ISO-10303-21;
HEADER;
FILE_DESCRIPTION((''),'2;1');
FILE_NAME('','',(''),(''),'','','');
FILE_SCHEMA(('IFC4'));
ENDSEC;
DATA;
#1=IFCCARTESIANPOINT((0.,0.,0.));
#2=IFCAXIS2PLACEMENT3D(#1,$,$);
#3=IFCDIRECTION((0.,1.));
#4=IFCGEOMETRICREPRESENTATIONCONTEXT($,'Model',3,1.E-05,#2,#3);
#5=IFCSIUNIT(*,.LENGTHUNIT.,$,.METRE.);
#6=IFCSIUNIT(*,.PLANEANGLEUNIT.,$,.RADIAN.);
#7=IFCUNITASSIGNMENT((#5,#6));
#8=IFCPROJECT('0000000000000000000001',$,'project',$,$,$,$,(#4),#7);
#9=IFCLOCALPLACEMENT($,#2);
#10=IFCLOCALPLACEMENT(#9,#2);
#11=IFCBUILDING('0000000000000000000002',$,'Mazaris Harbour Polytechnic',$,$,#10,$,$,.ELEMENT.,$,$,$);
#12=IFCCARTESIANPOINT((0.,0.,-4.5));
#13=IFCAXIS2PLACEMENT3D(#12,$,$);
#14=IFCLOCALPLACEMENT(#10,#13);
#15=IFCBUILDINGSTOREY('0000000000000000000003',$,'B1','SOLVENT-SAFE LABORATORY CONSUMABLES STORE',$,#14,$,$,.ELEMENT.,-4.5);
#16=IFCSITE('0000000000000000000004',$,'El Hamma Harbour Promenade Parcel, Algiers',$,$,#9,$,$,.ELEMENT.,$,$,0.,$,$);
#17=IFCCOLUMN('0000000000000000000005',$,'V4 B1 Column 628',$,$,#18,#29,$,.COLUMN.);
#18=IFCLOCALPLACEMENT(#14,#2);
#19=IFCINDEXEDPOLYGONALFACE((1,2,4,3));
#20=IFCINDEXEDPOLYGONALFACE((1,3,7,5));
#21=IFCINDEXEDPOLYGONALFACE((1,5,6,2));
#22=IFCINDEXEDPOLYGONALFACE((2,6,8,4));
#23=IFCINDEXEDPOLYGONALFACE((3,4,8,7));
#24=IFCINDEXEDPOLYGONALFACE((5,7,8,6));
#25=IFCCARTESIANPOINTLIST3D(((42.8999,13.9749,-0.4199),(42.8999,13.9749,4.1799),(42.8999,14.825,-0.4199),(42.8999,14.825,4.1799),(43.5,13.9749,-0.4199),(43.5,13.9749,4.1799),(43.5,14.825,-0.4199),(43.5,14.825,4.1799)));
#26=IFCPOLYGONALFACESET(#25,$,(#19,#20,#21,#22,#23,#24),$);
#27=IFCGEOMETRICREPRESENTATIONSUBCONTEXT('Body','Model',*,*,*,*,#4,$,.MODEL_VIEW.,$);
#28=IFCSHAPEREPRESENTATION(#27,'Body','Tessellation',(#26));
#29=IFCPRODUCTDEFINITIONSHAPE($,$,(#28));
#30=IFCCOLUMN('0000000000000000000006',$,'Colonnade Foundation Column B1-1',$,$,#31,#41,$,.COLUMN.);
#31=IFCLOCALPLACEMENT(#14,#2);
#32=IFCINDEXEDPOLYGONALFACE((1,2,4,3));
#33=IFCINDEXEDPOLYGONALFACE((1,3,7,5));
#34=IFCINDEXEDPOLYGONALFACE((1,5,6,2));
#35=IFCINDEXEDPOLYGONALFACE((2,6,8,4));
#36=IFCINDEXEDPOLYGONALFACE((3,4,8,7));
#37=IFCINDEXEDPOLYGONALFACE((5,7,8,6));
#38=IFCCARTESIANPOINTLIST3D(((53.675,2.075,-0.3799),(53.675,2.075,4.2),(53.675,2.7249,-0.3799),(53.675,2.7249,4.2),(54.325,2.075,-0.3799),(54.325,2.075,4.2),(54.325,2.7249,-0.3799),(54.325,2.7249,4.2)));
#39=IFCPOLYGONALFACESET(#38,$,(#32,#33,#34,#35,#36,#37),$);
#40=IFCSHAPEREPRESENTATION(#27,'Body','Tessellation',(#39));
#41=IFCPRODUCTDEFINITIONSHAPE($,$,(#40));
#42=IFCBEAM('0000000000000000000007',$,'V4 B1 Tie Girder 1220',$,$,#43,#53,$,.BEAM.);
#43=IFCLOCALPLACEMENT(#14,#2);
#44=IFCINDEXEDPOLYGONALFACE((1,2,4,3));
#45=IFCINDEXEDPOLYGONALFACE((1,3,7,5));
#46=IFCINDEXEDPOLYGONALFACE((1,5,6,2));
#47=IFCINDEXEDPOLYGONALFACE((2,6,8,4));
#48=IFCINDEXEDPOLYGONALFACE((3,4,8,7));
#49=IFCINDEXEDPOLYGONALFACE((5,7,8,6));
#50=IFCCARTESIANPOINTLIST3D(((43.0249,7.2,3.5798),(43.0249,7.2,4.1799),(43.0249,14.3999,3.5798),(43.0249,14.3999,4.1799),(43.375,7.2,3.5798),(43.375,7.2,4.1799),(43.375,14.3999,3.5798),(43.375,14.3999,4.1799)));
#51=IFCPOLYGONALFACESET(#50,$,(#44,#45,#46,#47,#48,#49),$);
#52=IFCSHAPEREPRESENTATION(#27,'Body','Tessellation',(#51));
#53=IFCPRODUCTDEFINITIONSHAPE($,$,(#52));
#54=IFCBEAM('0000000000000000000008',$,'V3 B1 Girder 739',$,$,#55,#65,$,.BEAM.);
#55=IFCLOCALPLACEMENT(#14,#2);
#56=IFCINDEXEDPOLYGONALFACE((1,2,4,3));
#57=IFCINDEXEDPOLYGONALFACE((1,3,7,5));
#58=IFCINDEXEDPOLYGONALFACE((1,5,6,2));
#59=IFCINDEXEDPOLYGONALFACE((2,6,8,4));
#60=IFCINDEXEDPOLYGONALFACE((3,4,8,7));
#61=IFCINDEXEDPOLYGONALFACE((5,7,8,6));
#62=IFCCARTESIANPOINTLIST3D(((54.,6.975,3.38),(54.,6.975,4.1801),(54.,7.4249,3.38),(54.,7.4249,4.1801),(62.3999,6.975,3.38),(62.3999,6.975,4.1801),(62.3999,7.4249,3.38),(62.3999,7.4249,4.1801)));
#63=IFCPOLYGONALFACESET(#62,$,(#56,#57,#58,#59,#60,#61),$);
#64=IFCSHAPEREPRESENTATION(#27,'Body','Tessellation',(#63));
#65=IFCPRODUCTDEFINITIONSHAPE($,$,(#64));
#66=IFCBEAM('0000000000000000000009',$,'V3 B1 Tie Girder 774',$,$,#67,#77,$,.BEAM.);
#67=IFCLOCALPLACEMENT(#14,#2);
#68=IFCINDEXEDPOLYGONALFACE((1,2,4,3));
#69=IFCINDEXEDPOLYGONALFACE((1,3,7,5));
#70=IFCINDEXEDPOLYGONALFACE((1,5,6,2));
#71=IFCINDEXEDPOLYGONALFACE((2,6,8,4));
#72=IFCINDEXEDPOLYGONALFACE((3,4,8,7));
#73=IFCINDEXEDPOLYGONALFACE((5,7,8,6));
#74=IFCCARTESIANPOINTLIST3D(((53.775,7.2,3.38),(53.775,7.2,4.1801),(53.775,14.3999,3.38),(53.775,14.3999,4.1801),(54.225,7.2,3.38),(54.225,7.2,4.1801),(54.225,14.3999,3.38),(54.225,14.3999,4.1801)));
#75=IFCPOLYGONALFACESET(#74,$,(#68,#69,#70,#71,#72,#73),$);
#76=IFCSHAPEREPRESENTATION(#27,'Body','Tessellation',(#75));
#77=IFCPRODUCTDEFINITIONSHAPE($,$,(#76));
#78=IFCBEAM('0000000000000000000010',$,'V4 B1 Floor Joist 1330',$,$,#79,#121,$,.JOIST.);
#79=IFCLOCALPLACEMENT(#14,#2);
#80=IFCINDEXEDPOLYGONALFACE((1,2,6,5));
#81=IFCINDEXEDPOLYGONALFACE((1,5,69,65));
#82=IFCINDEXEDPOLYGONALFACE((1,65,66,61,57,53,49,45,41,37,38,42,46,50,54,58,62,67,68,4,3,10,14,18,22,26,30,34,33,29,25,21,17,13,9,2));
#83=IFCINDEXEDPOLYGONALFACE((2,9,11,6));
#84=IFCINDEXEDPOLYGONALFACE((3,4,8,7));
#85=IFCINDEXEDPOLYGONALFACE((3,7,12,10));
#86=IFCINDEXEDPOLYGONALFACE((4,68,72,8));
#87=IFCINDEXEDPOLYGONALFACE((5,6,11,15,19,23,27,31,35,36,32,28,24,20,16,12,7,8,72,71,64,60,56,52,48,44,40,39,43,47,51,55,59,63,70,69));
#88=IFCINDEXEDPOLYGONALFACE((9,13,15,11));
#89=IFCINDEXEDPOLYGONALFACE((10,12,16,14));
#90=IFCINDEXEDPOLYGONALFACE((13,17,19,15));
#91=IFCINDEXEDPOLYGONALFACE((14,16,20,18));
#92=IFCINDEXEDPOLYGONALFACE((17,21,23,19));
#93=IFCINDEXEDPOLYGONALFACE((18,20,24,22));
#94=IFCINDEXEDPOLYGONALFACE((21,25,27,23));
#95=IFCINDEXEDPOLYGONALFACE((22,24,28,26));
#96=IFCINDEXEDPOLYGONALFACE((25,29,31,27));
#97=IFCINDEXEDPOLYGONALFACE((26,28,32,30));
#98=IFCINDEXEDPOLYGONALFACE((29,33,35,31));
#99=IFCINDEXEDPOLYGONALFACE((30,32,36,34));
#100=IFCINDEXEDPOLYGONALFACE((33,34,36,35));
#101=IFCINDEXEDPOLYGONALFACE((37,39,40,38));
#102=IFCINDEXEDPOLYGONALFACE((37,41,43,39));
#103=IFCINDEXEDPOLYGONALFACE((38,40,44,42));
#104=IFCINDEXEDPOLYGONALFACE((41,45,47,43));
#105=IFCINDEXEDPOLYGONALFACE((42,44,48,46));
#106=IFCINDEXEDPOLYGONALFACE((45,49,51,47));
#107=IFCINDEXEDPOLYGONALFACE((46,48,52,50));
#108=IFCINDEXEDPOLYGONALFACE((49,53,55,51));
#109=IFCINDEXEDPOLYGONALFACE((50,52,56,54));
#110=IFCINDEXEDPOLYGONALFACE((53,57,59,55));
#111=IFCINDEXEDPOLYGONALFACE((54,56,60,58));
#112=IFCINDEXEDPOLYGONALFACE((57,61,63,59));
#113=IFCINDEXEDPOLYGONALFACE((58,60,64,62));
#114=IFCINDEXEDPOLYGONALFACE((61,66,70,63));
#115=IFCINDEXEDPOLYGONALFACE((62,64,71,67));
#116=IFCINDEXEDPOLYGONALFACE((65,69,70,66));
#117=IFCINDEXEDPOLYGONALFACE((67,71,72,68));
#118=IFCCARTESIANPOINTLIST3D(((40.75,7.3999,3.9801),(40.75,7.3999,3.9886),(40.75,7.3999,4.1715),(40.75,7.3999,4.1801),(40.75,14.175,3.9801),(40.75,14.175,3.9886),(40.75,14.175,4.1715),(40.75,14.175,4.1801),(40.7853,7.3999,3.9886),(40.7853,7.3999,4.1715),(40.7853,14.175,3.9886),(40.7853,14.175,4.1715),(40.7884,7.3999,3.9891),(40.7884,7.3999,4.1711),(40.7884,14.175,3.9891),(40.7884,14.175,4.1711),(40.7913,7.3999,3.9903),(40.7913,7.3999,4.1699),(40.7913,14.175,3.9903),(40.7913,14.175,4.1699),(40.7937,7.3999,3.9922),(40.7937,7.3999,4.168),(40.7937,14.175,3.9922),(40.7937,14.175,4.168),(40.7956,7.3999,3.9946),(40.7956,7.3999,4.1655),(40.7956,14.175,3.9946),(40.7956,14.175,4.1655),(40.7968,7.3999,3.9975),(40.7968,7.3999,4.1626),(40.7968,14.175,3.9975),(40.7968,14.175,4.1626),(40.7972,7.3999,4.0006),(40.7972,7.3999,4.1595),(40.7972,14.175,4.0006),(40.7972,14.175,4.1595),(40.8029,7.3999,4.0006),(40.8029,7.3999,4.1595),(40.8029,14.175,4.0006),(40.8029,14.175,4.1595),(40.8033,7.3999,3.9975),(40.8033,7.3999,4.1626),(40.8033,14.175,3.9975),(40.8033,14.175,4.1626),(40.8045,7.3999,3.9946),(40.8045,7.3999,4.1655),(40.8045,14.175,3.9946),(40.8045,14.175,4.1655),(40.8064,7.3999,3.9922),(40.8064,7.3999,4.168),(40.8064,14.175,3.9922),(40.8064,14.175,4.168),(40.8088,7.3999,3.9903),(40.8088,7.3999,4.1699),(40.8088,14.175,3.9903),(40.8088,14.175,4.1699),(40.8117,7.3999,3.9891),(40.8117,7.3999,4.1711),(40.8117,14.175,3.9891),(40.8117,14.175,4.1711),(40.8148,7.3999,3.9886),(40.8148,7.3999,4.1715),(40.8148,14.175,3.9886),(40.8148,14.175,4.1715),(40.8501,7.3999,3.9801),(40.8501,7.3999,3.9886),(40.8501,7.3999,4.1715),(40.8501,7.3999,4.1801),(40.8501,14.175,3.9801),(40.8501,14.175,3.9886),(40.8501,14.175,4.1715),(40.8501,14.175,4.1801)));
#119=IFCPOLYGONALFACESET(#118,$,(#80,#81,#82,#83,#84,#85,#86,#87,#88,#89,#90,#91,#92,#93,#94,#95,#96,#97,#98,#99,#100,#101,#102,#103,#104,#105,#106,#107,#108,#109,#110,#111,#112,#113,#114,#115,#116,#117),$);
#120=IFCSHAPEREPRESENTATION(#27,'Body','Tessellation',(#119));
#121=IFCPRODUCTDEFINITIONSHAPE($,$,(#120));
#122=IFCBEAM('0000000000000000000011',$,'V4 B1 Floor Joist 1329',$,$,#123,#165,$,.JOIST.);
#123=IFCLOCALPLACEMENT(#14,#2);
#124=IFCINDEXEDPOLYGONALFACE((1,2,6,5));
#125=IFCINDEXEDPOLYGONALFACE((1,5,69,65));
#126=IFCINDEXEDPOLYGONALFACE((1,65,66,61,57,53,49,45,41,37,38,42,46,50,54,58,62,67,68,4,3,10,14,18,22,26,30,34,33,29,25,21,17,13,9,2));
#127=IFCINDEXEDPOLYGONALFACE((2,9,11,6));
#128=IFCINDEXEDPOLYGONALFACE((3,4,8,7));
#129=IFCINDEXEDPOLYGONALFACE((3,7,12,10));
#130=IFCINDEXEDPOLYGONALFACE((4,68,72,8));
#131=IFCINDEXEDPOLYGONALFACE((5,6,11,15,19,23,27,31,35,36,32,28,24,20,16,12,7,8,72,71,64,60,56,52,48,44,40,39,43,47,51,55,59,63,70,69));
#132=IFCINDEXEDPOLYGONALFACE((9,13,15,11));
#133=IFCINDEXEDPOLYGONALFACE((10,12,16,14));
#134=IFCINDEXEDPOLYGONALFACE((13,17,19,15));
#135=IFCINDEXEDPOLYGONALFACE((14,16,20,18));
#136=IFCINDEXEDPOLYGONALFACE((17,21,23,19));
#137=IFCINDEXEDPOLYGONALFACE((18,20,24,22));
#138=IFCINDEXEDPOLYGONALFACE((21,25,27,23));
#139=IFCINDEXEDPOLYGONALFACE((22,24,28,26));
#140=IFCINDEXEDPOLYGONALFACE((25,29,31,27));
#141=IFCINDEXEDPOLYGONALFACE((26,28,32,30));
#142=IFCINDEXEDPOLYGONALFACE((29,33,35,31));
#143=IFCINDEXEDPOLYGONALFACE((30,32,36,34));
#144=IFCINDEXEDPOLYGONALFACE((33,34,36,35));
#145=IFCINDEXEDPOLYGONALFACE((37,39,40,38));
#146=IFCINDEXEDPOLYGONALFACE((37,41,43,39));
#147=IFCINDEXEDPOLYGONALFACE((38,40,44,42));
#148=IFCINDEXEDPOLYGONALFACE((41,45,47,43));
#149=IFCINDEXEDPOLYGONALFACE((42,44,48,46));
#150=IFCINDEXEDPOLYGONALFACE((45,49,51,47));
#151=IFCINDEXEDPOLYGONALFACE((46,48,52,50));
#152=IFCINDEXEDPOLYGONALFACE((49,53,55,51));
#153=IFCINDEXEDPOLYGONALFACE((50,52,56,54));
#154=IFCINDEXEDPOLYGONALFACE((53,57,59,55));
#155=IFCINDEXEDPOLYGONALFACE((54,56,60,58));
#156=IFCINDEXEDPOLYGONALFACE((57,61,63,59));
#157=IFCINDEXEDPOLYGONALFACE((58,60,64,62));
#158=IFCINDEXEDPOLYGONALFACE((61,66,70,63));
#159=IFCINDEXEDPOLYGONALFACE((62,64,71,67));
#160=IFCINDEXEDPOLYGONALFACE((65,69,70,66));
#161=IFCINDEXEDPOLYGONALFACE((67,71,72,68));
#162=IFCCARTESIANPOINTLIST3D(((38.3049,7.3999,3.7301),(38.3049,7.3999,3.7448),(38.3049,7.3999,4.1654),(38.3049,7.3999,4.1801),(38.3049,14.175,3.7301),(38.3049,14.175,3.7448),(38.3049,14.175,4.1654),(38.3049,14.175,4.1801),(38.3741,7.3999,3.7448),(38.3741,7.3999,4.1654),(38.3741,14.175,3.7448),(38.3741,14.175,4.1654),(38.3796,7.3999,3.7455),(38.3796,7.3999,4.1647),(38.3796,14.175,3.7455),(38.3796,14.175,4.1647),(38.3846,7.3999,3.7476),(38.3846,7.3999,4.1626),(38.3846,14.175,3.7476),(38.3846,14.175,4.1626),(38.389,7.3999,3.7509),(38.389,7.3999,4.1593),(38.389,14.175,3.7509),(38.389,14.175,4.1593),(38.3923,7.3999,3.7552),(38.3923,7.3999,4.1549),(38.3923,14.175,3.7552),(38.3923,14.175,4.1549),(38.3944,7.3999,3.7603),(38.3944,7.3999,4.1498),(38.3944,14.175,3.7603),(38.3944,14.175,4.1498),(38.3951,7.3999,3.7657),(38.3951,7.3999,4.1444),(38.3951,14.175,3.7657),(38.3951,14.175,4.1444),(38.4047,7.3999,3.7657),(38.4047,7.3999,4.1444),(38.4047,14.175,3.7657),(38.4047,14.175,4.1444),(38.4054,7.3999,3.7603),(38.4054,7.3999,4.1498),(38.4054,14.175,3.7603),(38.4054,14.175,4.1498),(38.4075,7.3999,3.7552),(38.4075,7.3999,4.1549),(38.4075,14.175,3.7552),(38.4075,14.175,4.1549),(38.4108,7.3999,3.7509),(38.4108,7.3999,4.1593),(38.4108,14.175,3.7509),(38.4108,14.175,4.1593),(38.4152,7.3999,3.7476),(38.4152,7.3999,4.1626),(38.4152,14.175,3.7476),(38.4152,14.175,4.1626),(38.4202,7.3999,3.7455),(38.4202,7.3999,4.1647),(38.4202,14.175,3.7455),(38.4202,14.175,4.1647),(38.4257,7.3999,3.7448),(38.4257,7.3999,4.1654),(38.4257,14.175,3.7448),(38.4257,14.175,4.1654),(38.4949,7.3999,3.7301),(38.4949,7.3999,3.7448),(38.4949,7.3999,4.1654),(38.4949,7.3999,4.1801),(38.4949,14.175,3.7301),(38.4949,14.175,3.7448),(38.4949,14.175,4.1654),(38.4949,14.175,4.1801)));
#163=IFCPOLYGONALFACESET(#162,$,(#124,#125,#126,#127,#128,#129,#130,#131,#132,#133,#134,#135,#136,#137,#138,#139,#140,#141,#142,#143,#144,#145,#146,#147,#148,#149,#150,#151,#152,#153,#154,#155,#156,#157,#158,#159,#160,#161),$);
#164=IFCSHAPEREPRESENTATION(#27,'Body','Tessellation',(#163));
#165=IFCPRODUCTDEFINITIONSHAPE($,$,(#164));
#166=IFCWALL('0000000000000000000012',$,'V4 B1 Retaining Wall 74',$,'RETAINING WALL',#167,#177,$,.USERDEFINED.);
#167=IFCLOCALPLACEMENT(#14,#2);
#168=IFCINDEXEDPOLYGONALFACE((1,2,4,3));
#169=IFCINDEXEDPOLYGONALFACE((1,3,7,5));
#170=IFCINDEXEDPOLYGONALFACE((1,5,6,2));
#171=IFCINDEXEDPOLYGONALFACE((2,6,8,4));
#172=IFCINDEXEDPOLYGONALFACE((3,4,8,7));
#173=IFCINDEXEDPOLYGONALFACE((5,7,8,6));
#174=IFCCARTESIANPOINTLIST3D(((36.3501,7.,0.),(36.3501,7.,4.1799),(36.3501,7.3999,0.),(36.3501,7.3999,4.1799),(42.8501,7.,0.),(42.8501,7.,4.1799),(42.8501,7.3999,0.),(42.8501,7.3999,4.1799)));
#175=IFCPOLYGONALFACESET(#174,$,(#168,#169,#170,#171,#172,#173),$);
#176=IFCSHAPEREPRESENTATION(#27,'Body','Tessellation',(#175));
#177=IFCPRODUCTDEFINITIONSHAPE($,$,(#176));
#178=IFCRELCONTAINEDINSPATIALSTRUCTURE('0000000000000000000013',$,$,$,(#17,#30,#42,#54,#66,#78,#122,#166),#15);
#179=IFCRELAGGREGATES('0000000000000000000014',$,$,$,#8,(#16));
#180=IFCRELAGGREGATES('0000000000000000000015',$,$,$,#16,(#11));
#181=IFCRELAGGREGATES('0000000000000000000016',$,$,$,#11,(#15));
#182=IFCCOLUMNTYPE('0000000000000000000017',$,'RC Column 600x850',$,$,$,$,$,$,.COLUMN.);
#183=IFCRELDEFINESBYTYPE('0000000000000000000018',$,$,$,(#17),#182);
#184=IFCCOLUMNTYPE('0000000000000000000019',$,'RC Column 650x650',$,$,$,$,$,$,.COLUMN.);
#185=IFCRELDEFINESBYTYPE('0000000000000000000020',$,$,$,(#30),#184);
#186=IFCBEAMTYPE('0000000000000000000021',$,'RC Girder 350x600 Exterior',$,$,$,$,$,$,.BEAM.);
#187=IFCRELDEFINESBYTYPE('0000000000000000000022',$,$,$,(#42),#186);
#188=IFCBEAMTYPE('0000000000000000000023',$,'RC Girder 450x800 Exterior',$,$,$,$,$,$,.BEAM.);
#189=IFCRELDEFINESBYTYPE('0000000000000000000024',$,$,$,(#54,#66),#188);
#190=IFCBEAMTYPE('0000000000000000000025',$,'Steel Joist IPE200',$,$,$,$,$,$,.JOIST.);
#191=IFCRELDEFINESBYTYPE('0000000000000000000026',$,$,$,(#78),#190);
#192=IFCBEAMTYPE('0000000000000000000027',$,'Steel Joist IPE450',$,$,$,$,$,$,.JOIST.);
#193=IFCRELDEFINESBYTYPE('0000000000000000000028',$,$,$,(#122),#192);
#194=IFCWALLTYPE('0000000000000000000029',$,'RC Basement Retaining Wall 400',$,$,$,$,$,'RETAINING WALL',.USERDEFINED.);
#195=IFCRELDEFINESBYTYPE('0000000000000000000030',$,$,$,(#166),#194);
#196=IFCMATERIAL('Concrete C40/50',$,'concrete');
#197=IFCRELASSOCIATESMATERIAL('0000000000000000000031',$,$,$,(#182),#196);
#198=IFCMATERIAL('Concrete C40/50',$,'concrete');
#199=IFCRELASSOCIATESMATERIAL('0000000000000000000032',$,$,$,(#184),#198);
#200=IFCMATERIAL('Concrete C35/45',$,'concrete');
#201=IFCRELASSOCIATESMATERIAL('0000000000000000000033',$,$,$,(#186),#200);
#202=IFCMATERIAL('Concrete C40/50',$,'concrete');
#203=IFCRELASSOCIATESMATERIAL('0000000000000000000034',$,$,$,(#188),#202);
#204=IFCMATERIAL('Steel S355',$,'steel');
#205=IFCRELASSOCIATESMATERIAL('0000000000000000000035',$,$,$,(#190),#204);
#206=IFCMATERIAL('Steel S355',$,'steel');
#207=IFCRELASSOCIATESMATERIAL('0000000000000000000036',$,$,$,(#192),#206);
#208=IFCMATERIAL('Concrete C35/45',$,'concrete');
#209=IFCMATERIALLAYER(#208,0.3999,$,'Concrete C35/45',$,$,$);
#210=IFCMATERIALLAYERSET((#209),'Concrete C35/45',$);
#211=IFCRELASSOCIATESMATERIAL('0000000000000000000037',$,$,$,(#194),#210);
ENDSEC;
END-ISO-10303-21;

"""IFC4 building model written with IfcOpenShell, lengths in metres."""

from ifc_helpers import new_model, si_unit, direction, frame, frame_2d, origin, origin_2d, place, context, subcontext, project, spatial, rectangle, i_section, extrude, material, layer, layer_set, material_profile, profile_set, type_object, element, save


model = new_model("IFC4")

# Units and contexts
model_context = context("Model", 3, precision=1e-05, world=origin(), true_north=direction((0.0, 1.0)))
body_context = subcontext(model_context, "Body", "Model", "MODEL_VIEW")
ifc_project = project(units=[si_unit("LENGTHUNIT", "METRE"), si_unit("PLANEANGLEUNIT", "RADIAN")], contexts=[model_context])

# Site, building, storey
site_placement = place(None, origin())
site = spatial("IfcSite", under=ifc_project, at=site_placement, Name="El Hamma Harbour Promenade Parcel, Algiers", CompositionType="ELEMENT", RefElevation=0.0)
building_placement = place(site_placement, origin())
building = spatial("IfcBuilding", under=site, at=building_placement, Name="Mazaris Harbour Polytechnic", CompositionType="ELEMENT")
storey_placement = place(building_placement, frame((0.0, 0.0, -4.5)))
storey = spatial("IfcBuildingStorey", under=building, at=storey_placement, Name="B1", Description="SOLVENT-SAFE LABORATORY CONSUMABLES STORE", CompositionType="ELEMENT", Elevation=-4.5)

# Columns
ifc_material_1 = material(Name="Concrete C40/50", Category="concrete")
ifc_material_profile_1 = material_profile(ifc_material_1, rectangle(XDim=0.6001, YDim=0.8501, at=origin_2d()), Name="RECT600x850")
ifc_profile_set_1 = profile_set([ifc_material_profile_1], Name="Concrete C40/50")
column_type_1 = type_object("IfcColumnType", Name="RC Column 600x850", PredefinedType="COLUMN", material=ifc_profile_set_1)
for number, where, z_axis, x_axis, name in (
    (1, (43.2, 14.3999, -0.4199), (0.0, 0.0, 1.0), (1.0, 0.0, 0.0), "V4 B1 Column 628"),
):
    element("IfcColumn", number, at=place(storey_placement, frame(where, z_axis=z_axis, x_axis=x_axis)), inside=storey, type_object=column_type_1, Name=name, PredefinedType="COLUMN", context=body_context, shape_type="SweptSolid", body=[
        extrude(rectangle(XDim=0.6001, YDim=0.8501, at=origin_2d()), origin(), (0.0, 0.0, 1.0), 4.5999),
    ])
ifc_material_2 = material(Name="Concrete C40/50", Category="concrete")
ifc_material_profile_2 = material_profile(ifc_material_2, rectangle(XDim=0.6499, YDim=0.6499, at=origin_2d()), Name="RECT650x650")
ifc_profile_set_2 = profile_set([ifc_material_profile_2], Name="Concrete C40/50")
column_type_2 = type_object("IfcColumnType", Name="RC Column 650x650", PredefinedType="COLUMN", material=ifc_profile_set_2)
column_1_placement = place(storey_placement, frame((54.0, 2.3999, -0.3799), z_axis=(0.0, 0.0, 1.0), x_axis=(1.0, 0.0, 0.0)))
element("IfcColumn", 2, at=column_1_placement, inside=storey, type_object=column_type_2, Name="Colonnade Foundation Column B1-1", PredefinedType="COLUMN", context=body_context, shape_type="SweptSolid", body=[
    extrude(rectangle(XDim=0.6499, YDim=0.6499, at=origin_2d()), origin(), (0.0, 0.0, 1.0), 4.5798),
])

# Beams
ifc_material_3 = material(Name="Concrete C35/45", Category="concrete")
ifc_material_profile_3 = material_profile(ifc_material_3, rectangle(XDim=0.3501, YDim=0.6001, at=origin_2d()), Name="RECT350x600")
ifc_profile_set_3 = profile_set([ifc_material_profile_3], Name="Concrete C35/45")
beam_type_1 = type_object("IfcBeamType", Name="RC Girder 350x600 Exterior", PredefinedType="BEAM", material=ifc_profile_set_3)
beam_1_placement = place(storey_placement, frame((43.2, 7.2, 3.8799), z_axis=(0.0, 1.0, 0.0), x_axis=(-1.0, 0.0, 0.0)))
element("IfcBeam", 3, at=beam_1_placement, inside=storey, type_object=beam_type_1, Name="V4 B1 Tie Girder 1220", PredefinedType="BEAM", context=body_context, shape_type="SweptSolid", body=[
    extrude(rectangle(XDim=0.3501, YDim=0.6001, at=origin_2d()), origin(), (0.0, 0.0, 1.0), 7.2),
])
ifc_material_4 = material(Name="Concrete C40/50", Category="concrete")
ifc_material_profile_4 = material_profile(ifc_material_4, rectangle(XDim=0.45, YDim=0.8, at=origin_2d()), Name="RECT450x800")
ifc_profile_set_4 = profile_set([ifc_material_profile_4], Name="Concrete C40/50")
beam_type_2 = type_object("IfcBeamType", Name="RC Girder 450x800 Exterior", PredefinedType="BEAM", material=ifc_profile_set_4)
beam_2_placement = place(storey_placement, frame((54.0, 7.2, 3.78), z_axis=(1.0, 0.0, 0.0), x_axis=(0.0, 1.0, 0.0)))
element("IfcBeam", 4, at=beam_2_placement, inside=storey, type_object=beam_type_2, Name="V3 B1 Girder 739", PredefinedType="BEAM", context=body_context, shape_type="SweptSolid", body=[
    extrude(rectangle(XDim=0.45, YDim=0.8, at=origin_2d()), origin(), (0.0, 0.0, 1.0), 8.3999),
])
beam_3_placement = place(storey_placement, frame((54.0, 7.2, 3.78), z_axis=(0.0, 1.0, 0.0), x_axis=(-1.0, 0.0, 0.0)))
element("IfcBeam", 5, at=beam_3_placement, inside=storey, type_object=beam_type_2, Name="V3 B1 Tie Girder 774", PredefinedType="BEAM", context=body_context, shape_type="SweptSolid", body=[
    extrude(rectangle(XDim=0.45, YDim=0.8, at=origin_2d()), origin(), (0.0, 0.0, 1.0), 7.2),
])
ifc_material_5 = material(Name="Steel S355", Category="steel")
ifc_material_profile_5 = material_profile(ifc_material_5, i_section(OverallWidth=0.1001, OverallDepth=0.2, WebThickness=0.0056, FlangeThickness=0.0085, FilletRadius=0.012, at=origin_2d()), Name="IPE 200")
ifc_profile_set_5 = profile_set([ifc_material_profile_5], Name="Steel S355")
beam_type_3 = type_object("IfcBeamType", Name="Steel Joist IPE200", PredefinedType="JOIST", material=ifc_profile_set_5)
beam_4_placement = place(storey_placement, frame((40.8, 7.3999, 4.0801), z_axis=(0.0, 1.0, 0.0), x_axis=(-1.0, 0.0, 0.0)))
element("IfcBeam", 6, at=beam_4_placement, inside=storey, type_object=beam_type_3, Name="V4 B1 Floor Joist 1330", PredefinedType="JOIST", context=body_context, shape_type="SweptSolid", body=[
    extrude(i_section(OverallWidth=0.1001, OverallDepth=0.2, WebThickness=0.0056, FlangeThickness=0.0085, FilletRadius=0.012, at=origin_2d()), origin(), (0.0, 0.0, 1.0), 6.7751),
])
ifc_material_6 = material(Name="Steel S355", Category="steel")
ifc_material_profile_6 = material_profile(ifc_material_6, i_section(OverallWidth=0.1899, OverallDepth=0.45, WebThickness=0.0095, FlangeThickness=0.0146, FilletRadius=0.021, at=origin_2d()), Name="IPE 450")
ifc_profile_set_6 = profile_set([ifc_material_profile_6], Name="Steel S355")
beam_type_4 = type_object("IfcBeamType", Name="Steel Joist IPE450", PredefinedType="JOIST", material=ifc_profile_set_6)
beam_5_placement = place(storey_placement, frame((38.3999, 7.3999, 3.9551), z_axis=(0.0, 1.0, 0.0), x_axis=(-1.0, 0.0, 0.0)))
element("IfcBeam", 7, at=beam_5_placement, inside=storey, type_object=beam_type_4, Name="V4 B1 Floor Joist 1329", PredefinedType="JOIST", context=body_context, shape_type="SweptSolid", body=[
    extrude(i_section(OverallWidth=0.1899, OverallDepth=0.45, WebThickness=0.0095, FlangeThickness=0.0146, FilletRadius=0.021, at=origin_2d()), origin(), (0.0, 0.0, 1.0), 6.7751),
])

# Wall
ifc_material_7 = material(Name="Concrete C35/45", Category="concrete")
ifc_layer_1 = layer(ifc_material_7, 0.3999, Name="Concrete C35/45")
ifc_layer_set_1 = layer_set([ifc_layer_1], Name="Concrete C35/45")
wall_type_1 = type_object("IfcWallType", Name="RC Basement Retaining Wall 400", ElementType="RETAINING WALL", PredefinedType="USERDEFINED", material=ifc_layer_set_1)
wall_1_placement = place(storey_placement, frame((36.3501, 7.2, 0.0), z_axis=(0.0, 0.0, 1.0), x_axis=(1.0, 0.0, 0.0)))
element("IfcWall", 8, at=wall_1_placement, inside=storey, type_object=wall_type_1, Name="V4 B1 Retaining Wall 74", ObjectType="RETAINING WALL", PredefinedType="USERDEFINED", context=body_context, shape_type="SweptSolid", body=[
    extrude(rectangle(XDim=6.5, YDim=0.3999, at=frame_2d((3.25, 0.0))), origin(), (0.0, 0.0, 1.0), 4.1799),
])

save(model, "model.ifc")
